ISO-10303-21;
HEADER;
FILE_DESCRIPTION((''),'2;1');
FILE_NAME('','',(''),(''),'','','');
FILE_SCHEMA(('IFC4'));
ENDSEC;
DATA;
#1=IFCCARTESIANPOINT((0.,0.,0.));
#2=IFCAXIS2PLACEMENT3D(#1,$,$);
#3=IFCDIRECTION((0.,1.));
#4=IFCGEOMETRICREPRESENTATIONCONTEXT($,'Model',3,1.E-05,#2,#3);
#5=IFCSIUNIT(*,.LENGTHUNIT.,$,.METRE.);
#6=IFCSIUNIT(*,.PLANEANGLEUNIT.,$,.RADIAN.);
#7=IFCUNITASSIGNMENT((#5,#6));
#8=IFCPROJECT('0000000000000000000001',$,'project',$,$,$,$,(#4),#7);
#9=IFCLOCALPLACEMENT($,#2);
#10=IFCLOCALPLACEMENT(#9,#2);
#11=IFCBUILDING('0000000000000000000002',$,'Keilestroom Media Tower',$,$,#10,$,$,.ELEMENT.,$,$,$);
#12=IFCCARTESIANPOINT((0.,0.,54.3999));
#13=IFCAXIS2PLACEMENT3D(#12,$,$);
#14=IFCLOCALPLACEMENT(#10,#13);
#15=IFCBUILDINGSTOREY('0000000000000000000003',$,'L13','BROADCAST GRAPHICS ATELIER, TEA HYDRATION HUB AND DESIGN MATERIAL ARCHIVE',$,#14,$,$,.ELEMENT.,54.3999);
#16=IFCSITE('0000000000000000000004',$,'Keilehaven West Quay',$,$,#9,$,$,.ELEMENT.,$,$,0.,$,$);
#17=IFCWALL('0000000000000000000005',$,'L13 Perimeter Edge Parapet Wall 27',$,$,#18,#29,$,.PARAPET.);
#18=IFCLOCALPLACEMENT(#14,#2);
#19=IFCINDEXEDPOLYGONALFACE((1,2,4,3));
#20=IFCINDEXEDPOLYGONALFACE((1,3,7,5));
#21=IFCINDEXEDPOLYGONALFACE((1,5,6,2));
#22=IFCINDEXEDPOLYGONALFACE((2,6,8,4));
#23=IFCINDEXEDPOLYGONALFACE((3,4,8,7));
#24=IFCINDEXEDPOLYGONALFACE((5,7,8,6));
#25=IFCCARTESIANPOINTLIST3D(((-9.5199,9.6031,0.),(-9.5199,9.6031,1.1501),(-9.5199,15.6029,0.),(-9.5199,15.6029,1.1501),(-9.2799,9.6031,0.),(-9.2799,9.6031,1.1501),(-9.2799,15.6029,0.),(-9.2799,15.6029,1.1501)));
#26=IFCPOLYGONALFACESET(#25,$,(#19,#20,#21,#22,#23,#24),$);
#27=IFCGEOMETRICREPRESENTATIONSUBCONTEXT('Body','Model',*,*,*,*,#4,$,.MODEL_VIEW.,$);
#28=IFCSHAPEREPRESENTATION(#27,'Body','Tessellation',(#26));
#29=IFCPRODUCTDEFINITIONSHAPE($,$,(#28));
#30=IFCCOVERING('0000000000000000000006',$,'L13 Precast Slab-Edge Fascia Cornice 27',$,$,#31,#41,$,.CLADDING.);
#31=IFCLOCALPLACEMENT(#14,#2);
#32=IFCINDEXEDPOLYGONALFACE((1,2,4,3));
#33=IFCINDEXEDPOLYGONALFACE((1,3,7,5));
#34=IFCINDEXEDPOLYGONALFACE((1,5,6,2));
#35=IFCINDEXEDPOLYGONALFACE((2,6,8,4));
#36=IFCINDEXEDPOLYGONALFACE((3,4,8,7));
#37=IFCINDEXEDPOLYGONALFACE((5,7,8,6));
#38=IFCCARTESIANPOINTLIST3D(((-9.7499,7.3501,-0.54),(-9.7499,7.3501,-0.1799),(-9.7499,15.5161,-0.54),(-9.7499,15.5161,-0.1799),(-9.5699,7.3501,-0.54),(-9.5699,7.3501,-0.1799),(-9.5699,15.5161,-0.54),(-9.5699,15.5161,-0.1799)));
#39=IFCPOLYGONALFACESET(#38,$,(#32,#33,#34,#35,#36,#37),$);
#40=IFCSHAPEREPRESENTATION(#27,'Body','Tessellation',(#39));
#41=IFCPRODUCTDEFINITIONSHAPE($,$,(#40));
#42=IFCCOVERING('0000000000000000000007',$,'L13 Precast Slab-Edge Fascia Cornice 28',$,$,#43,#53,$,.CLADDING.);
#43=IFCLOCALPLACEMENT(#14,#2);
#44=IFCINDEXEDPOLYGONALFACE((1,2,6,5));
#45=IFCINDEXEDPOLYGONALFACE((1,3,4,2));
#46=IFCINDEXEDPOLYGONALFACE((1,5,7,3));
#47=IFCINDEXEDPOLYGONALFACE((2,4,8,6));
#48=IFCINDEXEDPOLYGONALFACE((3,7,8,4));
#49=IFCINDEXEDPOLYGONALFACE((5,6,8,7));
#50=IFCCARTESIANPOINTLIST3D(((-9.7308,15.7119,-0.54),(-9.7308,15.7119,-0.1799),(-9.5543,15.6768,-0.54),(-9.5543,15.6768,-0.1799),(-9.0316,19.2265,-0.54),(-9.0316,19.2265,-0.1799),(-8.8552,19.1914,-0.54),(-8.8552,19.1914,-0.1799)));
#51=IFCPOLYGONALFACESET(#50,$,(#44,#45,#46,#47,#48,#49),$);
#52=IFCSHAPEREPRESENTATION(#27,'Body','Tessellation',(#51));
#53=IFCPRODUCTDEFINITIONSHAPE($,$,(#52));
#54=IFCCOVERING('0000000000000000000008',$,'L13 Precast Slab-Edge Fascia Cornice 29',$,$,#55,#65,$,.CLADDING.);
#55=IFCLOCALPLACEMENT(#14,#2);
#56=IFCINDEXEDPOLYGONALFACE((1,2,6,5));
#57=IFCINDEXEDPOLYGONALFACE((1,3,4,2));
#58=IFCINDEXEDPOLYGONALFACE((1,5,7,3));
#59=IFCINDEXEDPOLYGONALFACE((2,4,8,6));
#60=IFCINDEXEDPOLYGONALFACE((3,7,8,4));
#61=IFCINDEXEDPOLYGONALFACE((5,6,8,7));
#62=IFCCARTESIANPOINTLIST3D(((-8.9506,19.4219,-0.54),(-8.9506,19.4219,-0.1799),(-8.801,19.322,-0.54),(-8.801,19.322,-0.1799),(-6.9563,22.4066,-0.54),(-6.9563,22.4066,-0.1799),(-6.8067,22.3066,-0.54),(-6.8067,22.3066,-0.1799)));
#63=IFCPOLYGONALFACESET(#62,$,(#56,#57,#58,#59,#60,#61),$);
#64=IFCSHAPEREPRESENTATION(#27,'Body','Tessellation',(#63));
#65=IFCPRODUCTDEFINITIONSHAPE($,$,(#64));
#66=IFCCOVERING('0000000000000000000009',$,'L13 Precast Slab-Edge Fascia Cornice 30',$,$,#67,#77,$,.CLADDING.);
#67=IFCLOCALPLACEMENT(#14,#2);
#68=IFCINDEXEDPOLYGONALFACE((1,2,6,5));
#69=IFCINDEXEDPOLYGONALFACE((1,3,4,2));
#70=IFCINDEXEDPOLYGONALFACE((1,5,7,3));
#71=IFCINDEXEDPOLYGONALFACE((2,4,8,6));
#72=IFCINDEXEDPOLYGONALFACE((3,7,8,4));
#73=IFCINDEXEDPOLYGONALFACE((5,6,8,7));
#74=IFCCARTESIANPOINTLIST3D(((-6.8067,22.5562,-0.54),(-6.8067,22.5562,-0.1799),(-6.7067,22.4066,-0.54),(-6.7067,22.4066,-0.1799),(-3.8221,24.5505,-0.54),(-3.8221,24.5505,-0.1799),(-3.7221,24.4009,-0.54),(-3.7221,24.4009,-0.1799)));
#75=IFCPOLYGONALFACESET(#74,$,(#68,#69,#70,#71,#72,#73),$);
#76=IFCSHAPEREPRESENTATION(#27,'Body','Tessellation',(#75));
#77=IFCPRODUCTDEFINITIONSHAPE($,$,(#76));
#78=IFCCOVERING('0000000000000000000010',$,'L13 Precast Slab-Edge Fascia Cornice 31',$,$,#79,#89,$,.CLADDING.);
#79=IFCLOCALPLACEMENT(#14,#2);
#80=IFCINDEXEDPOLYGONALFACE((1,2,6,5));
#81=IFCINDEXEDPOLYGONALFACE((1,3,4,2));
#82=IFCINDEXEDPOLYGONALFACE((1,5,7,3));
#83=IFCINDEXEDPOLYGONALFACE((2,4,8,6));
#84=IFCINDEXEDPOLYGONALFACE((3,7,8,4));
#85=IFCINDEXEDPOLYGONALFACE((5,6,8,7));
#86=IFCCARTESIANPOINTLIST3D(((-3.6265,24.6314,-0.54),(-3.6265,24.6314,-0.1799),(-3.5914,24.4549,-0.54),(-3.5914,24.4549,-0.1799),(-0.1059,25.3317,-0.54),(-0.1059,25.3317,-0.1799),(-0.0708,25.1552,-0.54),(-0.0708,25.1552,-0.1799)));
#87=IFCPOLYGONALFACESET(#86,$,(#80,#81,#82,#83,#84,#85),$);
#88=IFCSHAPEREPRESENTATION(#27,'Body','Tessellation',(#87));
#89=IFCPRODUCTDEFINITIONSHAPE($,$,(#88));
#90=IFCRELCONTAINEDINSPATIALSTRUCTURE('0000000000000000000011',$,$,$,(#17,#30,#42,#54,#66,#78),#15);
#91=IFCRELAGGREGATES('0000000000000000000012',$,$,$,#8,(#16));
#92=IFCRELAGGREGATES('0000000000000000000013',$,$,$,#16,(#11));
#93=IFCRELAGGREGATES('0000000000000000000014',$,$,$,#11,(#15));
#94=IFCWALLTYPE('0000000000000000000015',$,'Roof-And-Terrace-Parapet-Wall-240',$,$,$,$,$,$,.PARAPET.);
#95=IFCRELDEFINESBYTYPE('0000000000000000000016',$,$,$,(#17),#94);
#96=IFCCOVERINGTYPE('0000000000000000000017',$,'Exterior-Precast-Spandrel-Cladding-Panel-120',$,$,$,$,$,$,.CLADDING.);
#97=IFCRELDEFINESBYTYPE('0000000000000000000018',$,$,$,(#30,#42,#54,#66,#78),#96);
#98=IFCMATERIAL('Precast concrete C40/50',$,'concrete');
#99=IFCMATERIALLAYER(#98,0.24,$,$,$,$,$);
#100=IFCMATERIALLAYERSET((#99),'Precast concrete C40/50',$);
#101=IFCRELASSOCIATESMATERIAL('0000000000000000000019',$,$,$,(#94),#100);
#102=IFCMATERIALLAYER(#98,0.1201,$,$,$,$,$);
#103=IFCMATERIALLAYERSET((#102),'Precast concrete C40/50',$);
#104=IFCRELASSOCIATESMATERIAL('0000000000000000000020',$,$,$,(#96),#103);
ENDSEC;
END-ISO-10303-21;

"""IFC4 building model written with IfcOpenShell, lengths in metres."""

from ifc_helpers import new_model, si_unit, direction, frame, frame_2d, origin, origin_2d, place, context, subcontext, project, spatial, rectangle, extrude, source, transform, mapped, material, layer, layer_set, type_object, element, save


model = new_model("IFC4")

# Units and contexts
model_context = context("Model", 3, precision=1e-05, world=origin(), true_north=direction((0.0, 1.0)))
body_context = subcontext(model_context, "Body", "Model", "MODEL_VIEW")
ifc_project = project(units=[si_unit("LENGTHUNIT", "METRE"), si_unit("PLANEANGLEUNIT", "RADIAN")], contexts=[model_context])

# Site, building, storey
site_placement = place(None, origin())
site = spatial("IfcSite", under=ifc_project, at=site_placement, Name="Keilehaven West Quay", CompositionType="ELEMENT", RefElevation=0.0)
building_placement = place(site_placement, origin())
building = spatial("IfcBuilding", under=site, at=building_placement, Name="Keilestroom Media Tower", CompositionType="ELEMENT")
storey_placement = place(building_placement, frame((0.0, 0.0, 54.3999)))
storey = spatial("IfcBuildingStorey", under=building, at=storey_placement, Name="L13", Description="BROADCAST GRAPHICS ATELIER, TEA HYDRATION HUB AND DESIGN MATERIAL ARCHIVE", CompositionType="ELEMENT", Elevation=54.3999)

# Shared definitions
ifc_material_1 = material(Name="Precast concrete C40/50", Category="concrete")

# Wall
ifc_layer_1 = layer(ifc_material_1, 0.24)
ifc_layer_set_1 = layer_set([ifc_layer_1], Name="Precast concrete C40/50")
wall_type_1 = type_object("IfcWallType", Name="Roof-And-Terrace-Parapet-Wall-240", PredefinedType="PARAPET", material=ifc_layer_set_1)
wall_1_placement = place(storey_placement, frame((-9.3999, 9.603, 0.0), z_axis=(0.0, 0.0, 1.0), x_axis=(0.0, 1.0, 0.0)))
element("IfcWall", 1, at=wall_1_placement, inside=storey, type_object=wall_type_1, Name="L13 Perimeter Edge Parapet Wall 27", PredefinedType="PARAPET", context=body_context, shape_type="SweptSolid", body=[
    extrude(rectangle(XDim=5.9998, YDim=0.24, at=frame_2d((3.0, 0.0))), origin(), (0.0, 0.0, 1.0), 1.1501),
])

# Coverings
ifc_layer_2 = layer(ifc_material_1, 0.1201)
ifc_layer_set_2 = layer_set([ifc_layer_2], Name="Precast concrete C40/50")
covering_type = type_object("IfcCoveringType", Name="Exterior-Precast-Spandrel-Cladding-Panel-120", PredefinedType="CLADDING", material=ifc_layer_set_2)
shared_shape_1 = source(origin(), body_context, "Body", "SweptSolid", [
    extrude(rectangle(XDim=8.166, YDim=0.1799, at=origin_2d()), origin(), (0.0, 0.0, 1.0), 0.3601),
])
covering_1_placement = place(storey_placement, frame((-9.6599, 11.4331, -0.54), z_axis=(0.0, 0.0, 1.0), x_axis=(0.0, 1.0, 0.0)))
element("IfcCovering", 2, at=covering_1_placement, inside=storey, type_object=covering_type, Name="L13 Precast Slab-Edge Fascia Cornice 27", PredefinedType="CLADDING", context=body_context, shape_type="MappedRepresentation", body=[
    mapped(shared_shape_1, transform((0.0, 0.0, 0.0), x_axis=(1.0, 0.0, 0.0), y_axis=(0.0, 1.0, 0.0), z_axis=(0.0, 0.0, 1.0), scale=1.0)),
])
shared_shape_2 = source(origin(), body_context, "Body", "SweptSolid", [
    extrude(rectangle(XDim=3.5835, YDim=0.1799, at=origin_2d()), origin(), (0.0, 0.0, 1.0), 0.3601),
])
covering_2_placement = place(storey_placement, frame((-9.293, 17.4517, -0.54), z_axis=(0.0, 0.0, 1.0), x_axis=(0.195099, 0.980784, 0.0)))
element("IfcCovering", 3, at=covering_2_placement, inside=storey, type_object=covering_type, Name="L13 Precast Slab-Edge Fascia Cornice 28", PredefinedType="CLADDING", context=body_context, shape_type="MappedRepresentation", body=[
    mapped(shared_shape_2, transform((0.0, 0.0, 0.0), x_axis=(1.0, 0.0, 0.0), y_axis=(0.0, 1.0, 0.0), z_axis=(0.0, 0.0, 1.0), scale=1.0)),
])
shared_shape_3 = source(origin(), body_context, "Body", "SweptSolid", [
    extrude(rectangle(XDim=3.5896, YDim=0.1799, at=origin_2d()), origin(), (0.0, 0.0, 1.0), 0.3601),
])
for number, where, z_axis, x_axis, name in (
    (4, (-7.8787, 20.8643, -0.54), (0.0, 0.0, 1.0), (0.555575, 0.831467, 0.0), "L13 Precast Slab-Edge Fascia Cornice 29"),
    (5, (-5.2644, 23.4785, -0.54), (0.0, 0.0, 1.0), (0.831467, 0.555575, 0.0), "L13 Precast Slab-Edge Fascia Cornice 30"),
    (6, (-1.8486, 24.8933, -0.54), (0.0, 0.0, 1.0), (0.980784, 0.195099, 0.0), "L13 Precast Slab-Edge Fascia Cornice 31"),
):
    element("IfcCovering", number, at=place(storey_placement, frame(where, z_axis=z_axis, x_axis=x_axis)), inside=storey, type_object=covering_type, Name=name, PredefinedType="CLADDING", context=body_context, shape_type="MappedRepresentation", body=[
        mapped(shared_shape_3, transform((0.0, 0.0, 0.0), x_axis=(1.0, 0.0, 0.0), y_axis=(0.0, 1.0, 0.0), z_axis=(0.0, 0.0, 1.0), scale=1.0)),
    ])

save(model, "model.ifc")
